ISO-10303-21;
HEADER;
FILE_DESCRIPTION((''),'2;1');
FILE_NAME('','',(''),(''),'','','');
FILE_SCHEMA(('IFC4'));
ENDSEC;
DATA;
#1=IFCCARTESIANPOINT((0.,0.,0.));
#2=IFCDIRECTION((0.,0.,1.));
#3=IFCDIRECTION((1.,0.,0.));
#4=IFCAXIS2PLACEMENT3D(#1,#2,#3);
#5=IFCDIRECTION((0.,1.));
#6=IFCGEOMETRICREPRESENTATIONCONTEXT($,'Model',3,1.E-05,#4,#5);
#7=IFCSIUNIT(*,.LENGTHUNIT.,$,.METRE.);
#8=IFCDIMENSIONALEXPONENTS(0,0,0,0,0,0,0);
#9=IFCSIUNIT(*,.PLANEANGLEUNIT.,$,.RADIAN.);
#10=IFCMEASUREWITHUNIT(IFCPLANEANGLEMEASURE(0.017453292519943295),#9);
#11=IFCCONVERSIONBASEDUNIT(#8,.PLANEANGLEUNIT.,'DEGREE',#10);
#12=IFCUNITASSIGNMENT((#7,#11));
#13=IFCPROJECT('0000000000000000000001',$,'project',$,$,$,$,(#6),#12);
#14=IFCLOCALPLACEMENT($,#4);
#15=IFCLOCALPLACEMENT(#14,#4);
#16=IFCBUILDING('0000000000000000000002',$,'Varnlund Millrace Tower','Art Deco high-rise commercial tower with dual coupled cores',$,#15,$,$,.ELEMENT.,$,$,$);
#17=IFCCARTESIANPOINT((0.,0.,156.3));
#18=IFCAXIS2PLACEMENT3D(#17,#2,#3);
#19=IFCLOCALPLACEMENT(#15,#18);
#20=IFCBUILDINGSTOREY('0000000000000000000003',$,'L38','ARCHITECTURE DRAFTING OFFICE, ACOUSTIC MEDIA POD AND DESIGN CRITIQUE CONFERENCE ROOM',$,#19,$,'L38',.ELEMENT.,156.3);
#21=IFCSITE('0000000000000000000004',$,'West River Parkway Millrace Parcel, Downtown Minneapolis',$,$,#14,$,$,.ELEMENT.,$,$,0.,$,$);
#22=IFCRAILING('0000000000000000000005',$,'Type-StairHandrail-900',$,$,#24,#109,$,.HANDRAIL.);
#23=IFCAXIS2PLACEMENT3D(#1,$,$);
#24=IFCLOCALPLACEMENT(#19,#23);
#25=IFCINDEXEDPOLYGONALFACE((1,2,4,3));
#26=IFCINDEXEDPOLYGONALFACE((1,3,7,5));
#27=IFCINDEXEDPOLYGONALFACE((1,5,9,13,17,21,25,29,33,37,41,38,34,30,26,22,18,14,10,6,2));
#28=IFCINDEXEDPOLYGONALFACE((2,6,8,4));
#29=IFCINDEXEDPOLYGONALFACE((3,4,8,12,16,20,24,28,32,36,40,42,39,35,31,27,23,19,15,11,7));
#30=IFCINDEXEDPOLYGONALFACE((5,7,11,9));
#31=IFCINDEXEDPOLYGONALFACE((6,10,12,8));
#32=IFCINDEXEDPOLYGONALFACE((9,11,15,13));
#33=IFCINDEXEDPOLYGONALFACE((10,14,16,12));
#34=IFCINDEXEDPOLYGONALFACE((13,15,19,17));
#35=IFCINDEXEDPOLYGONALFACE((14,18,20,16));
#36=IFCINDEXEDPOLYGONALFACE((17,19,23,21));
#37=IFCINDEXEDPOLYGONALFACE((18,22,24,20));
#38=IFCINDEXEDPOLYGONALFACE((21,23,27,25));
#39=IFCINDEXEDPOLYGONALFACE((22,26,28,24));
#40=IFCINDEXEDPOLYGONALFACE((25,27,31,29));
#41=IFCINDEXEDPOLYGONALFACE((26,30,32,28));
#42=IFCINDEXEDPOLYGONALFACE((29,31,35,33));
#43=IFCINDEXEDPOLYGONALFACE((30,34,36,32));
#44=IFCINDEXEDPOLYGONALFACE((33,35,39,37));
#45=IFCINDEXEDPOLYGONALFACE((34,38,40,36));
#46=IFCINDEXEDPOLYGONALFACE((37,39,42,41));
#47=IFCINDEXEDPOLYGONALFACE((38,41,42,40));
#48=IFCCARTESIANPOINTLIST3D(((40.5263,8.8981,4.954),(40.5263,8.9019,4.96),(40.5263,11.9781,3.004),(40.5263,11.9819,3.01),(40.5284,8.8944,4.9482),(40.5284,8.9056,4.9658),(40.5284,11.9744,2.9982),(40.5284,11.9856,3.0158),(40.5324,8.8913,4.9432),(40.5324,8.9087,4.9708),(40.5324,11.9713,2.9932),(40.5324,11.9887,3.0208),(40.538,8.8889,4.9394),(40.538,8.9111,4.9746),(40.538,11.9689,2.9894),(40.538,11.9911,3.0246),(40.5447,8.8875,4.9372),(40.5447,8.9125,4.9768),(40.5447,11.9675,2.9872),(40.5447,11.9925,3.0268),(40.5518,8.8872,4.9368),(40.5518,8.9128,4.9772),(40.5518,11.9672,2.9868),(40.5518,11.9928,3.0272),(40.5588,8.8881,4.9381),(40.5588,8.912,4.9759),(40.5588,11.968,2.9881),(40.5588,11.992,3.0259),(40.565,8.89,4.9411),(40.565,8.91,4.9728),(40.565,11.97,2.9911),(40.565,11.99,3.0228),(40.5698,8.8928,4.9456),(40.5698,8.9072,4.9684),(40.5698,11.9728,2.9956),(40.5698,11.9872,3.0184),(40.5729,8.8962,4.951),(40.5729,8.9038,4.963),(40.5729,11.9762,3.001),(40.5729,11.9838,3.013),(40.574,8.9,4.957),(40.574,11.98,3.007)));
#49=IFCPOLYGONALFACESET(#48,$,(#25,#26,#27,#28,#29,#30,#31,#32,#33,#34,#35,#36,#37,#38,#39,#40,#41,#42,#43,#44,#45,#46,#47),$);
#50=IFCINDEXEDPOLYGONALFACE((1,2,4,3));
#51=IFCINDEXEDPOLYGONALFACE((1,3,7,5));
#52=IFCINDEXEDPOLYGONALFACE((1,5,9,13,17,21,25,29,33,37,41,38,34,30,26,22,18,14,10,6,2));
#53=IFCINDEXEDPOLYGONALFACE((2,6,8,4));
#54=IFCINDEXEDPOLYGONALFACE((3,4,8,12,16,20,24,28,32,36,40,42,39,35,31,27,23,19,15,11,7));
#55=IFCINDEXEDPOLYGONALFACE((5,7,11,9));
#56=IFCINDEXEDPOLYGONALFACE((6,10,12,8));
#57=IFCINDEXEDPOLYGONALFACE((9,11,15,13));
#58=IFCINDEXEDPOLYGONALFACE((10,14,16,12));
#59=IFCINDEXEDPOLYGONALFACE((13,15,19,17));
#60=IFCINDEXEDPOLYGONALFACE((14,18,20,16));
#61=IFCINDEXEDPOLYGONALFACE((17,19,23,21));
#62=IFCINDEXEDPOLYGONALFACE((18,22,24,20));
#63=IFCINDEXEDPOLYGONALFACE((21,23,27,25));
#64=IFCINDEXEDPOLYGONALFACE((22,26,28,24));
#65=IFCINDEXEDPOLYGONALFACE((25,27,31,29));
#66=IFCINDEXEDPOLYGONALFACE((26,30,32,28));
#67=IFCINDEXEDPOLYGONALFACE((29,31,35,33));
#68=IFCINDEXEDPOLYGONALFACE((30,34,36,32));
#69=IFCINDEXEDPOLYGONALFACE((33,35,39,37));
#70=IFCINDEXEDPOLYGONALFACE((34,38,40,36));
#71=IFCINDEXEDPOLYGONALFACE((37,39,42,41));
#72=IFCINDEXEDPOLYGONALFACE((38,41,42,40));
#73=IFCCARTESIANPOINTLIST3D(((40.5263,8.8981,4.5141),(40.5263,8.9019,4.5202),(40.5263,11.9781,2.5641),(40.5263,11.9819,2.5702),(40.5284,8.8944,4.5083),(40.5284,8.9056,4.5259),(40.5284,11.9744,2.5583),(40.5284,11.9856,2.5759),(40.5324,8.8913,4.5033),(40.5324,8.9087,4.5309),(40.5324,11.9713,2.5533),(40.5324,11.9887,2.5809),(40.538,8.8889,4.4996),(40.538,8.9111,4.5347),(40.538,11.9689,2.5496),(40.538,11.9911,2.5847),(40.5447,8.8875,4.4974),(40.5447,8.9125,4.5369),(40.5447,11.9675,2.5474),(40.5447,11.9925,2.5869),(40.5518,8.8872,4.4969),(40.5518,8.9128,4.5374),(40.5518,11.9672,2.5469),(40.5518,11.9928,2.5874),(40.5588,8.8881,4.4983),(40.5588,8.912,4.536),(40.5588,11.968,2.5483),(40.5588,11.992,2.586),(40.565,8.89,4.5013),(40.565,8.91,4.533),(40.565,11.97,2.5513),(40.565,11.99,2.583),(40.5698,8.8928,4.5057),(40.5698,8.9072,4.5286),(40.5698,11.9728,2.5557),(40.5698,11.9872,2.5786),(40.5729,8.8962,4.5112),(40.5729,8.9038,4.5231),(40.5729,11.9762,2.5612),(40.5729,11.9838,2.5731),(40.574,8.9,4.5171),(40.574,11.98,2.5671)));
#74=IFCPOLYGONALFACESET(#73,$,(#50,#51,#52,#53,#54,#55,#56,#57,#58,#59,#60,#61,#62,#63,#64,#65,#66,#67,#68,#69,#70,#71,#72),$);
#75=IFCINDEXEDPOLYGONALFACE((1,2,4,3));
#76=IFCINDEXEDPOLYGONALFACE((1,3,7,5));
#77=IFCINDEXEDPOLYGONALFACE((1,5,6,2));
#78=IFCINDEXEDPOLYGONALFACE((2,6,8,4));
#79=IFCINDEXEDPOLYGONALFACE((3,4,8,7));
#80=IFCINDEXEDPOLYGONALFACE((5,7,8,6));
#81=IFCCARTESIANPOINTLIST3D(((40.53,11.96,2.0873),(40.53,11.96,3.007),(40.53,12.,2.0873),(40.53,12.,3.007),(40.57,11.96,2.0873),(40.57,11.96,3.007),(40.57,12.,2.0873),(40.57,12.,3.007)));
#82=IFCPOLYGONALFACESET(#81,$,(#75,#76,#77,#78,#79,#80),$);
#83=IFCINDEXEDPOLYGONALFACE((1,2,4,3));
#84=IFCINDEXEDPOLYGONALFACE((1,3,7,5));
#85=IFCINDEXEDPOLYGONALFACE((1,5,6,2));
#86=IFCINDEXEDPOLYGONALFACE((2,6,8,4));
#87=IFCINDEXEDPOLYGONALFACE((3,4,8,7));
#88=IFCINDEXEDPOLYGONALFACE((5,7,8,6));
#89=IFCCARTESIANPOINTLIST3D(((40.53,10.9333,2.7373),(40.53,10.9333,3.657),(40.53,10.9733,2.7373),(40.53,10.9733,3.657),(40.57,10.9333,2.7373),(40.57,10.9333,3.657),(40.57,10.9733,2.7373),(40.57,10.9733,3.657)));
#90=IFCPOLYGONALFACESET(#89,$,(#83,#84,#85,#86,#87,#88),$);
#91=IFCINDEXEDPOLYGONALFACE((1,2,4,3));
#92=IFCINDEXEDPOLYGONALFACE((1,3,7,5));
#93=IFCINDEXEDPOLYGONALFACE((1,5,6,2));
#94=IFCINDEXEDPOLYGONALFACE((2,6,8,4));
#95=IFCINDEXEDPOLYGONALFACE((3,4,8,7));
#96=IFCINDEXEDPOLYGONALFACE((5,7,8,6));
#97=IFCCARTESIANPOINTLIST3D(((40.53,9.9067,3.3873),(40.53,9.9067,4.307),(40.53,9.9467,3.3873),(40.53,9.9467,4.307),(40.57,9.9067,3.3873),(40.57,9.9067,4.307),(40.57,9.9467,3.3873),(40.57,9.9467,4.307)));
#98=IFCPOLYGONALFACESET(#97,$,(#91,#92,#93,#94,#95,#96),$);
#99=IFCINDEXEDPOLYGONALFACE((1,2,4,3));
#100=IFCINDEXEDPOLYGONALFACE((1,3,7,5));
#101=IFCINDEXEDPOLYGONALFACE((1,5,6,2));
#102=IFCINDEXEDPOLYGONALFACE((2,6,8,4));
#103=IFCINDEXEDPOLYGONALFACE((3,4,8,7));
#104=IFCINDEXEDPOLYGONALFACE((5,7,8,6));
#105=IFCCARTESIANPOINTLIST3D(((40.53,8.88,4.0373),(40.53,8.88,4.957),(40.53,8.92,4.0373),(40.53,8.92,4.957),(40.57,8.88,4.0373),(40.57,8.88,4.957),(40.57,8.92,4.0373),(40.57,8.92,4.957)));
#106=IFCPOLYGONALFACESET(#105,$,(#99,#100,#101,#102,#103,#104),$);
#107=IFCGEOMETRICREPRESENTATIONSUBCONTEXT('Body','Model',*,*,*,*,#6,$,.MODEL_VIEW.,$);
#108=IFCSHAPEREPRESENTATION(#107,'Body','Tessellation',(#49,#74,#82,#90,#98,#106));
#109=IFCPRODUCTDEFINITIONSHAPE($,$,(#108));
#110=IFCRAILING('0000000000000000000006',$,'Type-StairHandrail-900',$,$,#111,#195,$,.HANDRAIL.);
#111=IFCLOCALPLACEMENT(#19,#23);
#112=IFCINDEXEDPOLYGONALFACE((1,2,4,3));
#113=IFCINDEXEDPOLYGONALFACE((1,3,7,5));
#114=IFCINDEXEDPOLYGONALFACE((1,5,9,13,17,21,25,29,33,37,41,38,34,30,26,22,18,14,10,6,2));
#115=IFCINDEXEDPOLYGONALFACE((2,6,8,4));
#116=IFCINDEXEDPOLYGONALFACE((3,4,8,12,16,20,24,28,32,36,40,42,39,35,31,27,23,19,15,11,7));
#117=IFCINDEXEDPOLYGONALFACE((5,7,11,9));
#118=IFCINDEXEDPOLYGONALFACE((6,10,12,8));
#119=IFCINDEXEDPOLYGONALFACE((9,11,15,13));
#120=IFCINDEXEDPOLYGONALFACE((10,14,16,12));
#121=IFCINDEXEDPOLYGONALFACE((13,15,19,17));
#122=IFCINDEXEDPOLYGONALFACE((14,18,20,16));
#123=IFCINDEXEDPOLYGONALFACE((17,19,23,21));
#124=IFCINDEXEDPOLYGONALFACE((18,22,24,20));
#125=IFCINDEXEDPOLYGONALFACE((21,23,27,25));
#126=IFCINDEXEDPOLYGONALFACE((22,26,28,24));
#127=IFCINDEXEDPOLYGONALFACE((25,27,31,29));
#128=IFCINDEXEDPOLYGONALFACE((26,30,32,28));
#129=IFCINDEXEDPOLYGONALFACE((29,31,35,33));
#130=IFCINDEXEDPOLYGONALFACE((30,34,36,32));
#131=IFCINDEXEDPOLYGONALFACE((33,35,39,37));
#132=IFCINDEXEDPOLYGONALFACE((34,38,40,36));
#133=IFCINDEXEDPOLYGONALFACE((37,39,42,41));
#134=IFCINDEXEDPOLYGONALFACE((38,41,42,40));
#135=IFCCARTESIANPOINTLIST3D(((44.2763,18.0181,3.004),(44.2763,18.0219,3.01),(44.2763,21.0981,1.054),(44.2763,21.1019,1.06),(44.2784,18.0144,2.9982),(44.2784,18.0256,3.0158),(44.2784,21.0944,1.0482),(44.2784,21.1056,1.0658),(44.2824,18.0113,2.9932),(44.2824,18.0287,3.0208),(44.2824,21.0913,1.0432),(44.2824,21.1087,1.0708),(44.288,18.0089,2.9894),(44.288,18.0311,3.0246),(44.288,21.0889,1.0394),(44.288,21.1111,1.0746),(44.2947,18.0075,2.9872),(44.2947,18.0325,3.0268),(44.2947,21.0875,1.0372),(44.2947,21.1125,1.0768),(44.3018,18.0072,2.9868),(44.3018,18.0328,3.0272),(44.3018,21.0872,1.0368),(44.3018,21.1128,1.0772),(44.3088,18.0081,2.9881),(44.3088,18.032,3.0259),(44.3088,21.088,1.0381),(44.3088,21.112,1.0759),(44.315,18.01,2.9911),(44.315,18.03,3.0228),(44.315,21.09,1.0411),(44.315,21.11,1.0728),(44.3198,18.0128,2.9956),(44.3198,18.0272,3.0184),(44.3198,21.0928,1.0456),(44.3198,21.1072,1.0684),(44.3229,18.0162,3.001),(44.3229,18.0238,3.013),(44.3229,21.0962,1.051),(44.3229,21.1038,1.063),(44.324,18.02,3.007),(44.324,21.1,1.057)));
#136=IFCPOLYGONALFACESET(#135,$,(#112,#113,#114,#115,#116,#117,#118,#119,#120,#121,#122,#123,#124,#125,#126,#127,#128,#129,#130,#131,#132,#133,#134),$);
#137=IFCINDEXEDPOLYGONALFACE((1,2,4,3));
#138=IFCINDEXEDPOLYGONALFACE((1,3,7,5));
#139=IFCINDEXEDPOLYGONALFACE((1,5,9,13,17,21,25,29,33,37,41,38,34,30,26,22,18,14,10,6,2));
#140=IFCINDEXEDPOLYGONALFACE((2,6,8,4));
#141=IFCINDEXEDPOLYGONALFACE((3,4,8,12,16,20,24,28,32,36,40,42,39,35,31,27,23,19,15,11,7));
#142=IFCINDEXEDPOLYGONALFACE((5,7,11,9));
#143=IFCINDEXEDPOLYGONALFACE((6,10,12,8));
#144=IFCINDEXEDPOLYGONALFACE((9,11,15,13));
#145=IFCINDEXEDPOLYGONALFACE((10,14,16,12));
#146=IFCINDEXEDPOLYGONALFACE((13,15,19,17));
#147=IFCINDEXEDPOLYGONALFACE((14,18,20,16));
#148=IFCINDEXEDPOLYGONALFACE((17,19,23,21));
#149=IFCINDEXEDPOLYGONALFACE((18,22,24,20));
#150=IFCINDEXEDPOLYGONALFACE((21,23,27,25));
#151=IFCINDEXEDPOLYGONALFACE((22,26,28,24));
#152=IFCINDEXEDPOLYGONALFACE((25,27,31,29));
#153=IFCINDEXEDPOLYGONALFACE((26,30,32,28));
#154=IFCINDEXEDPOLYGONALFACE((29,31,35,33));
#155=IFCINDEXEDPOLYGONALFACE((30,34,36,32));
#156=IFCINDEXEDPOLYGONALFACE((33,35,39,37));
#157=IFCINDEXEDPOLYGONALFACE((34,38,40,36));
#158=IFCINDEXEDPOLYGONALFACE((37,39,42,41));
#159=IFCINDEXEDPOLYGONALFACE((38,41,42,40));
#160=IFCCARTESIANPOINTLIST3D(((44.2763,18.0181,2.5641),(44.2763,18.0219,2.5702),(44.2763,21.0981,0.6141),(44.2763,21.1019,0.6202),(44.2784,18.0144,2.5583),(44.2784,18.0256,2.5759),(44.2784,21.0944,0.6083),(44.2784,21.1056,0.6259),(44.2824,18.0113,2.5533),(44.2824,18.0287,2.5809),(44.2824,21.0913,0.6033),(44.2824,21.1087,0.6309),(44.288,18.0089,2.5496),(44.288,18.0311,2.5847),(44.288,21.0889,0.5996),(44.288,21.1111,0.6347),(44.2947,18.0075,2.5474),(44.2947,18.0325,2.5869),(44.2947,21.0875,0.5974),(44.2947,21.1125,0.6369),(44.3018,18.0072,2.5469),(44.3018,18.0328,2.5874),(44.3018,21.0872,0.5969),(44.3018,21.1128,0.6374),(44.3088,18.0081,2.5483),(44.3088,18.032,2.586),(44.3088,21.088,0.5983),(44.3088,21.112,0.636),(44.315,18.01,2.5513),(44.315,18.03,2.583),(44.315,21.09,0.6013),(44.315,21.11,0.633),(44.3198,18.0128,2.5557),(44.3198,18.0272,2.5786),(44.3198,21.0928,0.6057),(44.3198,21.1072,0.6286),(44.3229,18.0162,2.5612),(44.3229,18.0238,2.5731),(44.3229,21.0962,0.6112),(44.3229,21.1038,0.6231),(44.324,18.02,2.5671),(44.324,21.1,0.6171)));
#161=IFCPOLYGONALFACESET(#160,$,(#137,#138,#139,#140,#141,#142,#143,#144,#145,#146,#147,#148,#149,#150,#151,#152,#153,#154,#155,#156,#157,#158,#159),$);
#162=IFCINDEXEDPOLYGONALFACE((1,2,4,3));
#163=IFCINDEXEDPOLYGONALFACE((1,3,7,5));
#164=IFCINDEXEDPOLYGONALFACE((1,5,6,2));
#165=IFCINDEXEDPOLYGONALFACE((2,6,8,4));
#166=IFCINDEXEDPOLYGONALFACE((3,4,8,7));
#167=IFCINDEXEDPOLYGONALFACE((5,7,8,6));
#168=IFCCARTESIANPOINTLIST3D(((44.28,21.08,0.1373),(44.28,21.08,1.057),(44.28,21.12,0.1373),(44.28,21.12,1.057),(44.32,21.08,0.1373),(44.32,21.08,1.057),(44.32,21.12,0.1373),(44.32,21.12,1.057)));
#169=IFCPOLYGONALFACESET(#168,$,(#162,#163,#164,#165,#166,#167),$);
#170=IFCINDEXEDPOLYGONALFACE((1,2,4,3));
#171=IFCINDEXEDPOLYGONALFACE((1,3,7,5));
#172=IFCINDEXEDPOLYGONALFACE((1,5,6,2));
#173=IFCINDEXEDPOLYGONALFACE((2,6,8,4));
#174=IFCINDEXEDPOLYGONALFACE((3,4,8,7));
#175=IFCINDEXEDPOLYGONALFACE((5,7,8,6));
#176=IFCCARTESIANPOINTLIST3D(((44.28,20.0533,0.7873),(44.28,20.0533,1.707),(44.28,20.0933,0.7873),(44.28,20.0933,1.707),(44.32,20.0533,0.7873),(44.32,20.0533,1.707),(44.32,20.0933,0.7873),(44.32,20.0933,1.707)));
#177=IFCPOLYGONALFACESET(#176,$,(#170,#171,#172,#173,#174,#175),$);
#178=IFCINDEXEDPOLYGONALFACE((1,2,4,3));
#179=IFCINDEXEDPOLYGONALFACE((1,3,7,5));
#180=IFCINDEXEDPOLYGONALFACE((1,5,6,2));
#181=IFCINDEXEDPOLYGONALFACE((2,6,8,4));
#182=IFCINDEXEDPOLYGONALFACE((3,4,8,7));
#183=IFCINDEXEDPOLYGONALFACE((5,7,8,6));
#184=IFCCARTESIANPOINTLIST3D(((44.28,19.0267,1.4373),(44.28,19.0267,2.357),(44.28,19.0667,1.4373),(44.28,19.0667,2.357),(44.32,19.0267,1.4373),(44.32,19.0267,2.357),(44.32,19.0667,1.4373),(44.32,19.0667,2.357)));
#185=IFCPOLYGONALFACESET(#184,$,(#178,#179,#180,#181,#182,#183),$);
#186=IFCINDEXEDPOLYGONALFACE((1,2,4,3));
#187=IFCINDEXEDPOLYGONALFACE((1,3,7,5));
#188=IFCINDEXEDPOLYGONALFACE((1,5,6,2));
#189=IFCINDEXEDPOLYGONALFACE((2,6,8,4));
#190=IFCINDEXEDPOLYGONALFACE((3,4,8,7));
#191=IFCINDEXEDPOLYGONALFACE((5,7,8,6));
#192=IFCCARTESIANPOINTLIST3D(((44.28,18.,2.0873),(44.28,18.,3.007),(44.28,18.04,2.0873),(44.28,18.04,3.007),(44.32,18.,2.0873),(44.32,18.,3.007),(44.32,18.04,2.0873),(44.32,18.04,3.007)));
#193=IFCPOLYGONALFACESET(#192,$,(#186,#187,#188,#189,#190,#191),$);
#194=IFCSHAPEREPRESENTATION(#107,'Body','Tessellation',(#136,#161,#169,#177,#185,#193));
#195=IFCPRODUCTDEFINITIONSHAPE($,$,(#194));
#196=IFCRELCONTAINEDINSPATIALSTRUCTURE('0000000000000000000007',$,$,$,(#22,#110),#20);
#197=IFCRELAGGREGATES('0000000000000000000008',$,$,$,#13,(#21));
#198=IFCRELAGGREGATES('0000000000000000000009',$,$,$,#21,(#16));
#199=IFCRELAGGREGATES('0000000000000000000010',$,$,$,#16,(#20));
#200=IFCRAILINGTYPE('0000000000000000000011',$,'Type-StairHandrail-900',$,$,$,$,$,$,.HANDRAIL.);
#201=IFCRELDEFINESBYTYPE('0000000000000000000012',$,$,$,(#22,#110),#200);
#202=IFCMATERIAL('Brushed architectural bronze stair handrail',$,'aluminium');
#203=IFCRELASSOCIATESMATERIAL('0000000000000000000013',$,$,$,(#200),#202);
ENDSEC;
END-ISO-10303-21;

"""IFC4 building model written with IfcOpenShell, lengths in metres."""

from ifc_helpers import new_model, entity, si_unit, converted_unit, direction, frame, origin_with_axes, origin_2d_with_axis, place, context, subcontext, project, spatial, rectangle, circle, extrude, material, type_object, element, save


model = new_model("IFC4")

# Units and contexts
model_context = context("Model", 3, precision=1e-05, world=origin_with_axes(), true_north=direction((0.0, 1.0)))
body_context = subcontext(model_context, "Body", "Model", "MODEL_VIEW")
ifc_project = project(units=[si_unit("LENGTHUNIT", "METRE"), converted_unit("PLANEANGLEUNIT", "DEGREE", entity("IfcPlaneAngleMeasure", 0.017453292519943295), si_unit("PLANEANGLEUNIT", "RADIAN"), dimensions=[0, 0, 0, 0, 0, 0, 0])], contexts=[model_context])

# Site, building, storey
site_placement = place(None, origin_with_axes())
site = spatial("IfcSite", under=ifc_project, at=site_placement, Name="West River Parkway Millrace Parcel, Downtown Minneapolis", CompositionType="ELEMENT", RefElevation=0.0)
building_placement = place(site_placement, origin_with_axes())
building = spatial("IfcBuilding", under=site, at=building_placement, Name="Varnlund Millrace Tower", Description="Art Deco high-rise commercial tower with dual coupled cores", CompositionType="ELEMENT")
storey_placement = place(building_placement, frame((0.0, 0.0, 156.3), z_axis=(0.0, 0.0, 1.0), x_axis=(1.0, 0.0, 0.0)))
storey = spatial("IfcBuildingStorey", under=building, at=storey_placement, Name="L38", Description="ARCHITECTURE DRAFTING OFFICE, ACOUSTIC MEDIA POD AND DESIGN CRITIQUE CONFERENCE ROOM", LongName="L38", CompositionType="ELEMENT", Elevation=156.3)

# Railings
ifc_material_1 = material(Name="Brushed architectural bronze stair handrail", Category="aluminium")
railing_type_1 = type_object("IfcRailingType", Name="Type-StairHandrail-900", PredefinedType="HANDRAIL", material=ifc_material_1)
railing_1_placement = place(storey_placement, frame((0.0, 0.0, -156.3), z_axis=(0.0, 0.0, 1.0), x_axis=(1.0, 0.0, 0.0)))
element("IfcRailing", 1, at=railing_1_placement, inside=storey, type_object=railing_type_1, Name="Type-StairHandrail-900", PredefinedType="HANDRAIL", context=body_context, shape_type="SweptSolid", body=[
    extrude(circle(Radius=0.024, at=origin_2d_with_axis()), frame((40.55, 11.98, 159.307), z_axis=(0.0, -0.844902, 0.534922), x_axis=(1.0, 0.0, 0.0)), (0.0, 0.0, 1.0), 3.6454),
    extrude(circle(Radius=0.024, at=origin_2d_with_axis()), frame((40.55, 11.98, 158.8671), z_axis=(0.0, -0.844902, 0.534922), x_axis=(1.0, 0.0, 0.0)), (0.0, 0.0, 1.0), 3.6454),
    extrude(rectangle(XDim=0.04, YDim=0.04, at=origin_2d_with_axis()), frame((40.55, 11.98, 158.3873), z_axis=(0.0, 0.0, 1.0), x_axis=(1.0, 0.0, 0.0)), (0.0, 0.0, 1.0), 0.9197),
    extrude(rectangle(XDim=0.04, YDim=0.04, at=origin_2d_with_axis()), frame((40.55, 10.9533, 159.0373), z_axis=(0.0, 0.0, 1.0), x_axis=(1.0, 0.0, 0.0)), (0.0, 0.0, 1.0), 0.9197),
    extrude(rectangle(XDim=0.04, YDim=0.04, at=origin_2d_with_axis()), frame((40.55, 9.9267, 159.6873), z_axis=(0.0, 0.0, 1.0), x_axis=(1.0, 0.0, 0.0)), (0.0, 0.0, 1.0), 0.9197),
    extrude(rectangle(XDim=0.04, YDim=0.04, at=origin_2d_with_axis()), frame((40.55, 8.9, 160.3373), z_axis=(0.0, 0.0, 1.0), x_axis=(1.0, 0.0, 0.0)), (0.0, 0.0, 1.0), 0.9197),
])
railing_2_placement = place(storey_placement, frame((0.0, 0.0, -156.3), z_axis=(0.0, 0.0, 1.0), x_axis=(1.0, 0.0, 0.0)))
element("IfcRailing", 2, at=railing_2_placement, inside=storey, type_object=railing_type_1, Name="Type-StairHandrail-900", PredefinedType="HANDRAIL", context=body_context, shape_type="SweptSolid", body=[
    extrude(circle(Radius=0.024, at=origin_2d_with_axis()), frame((44.3, 21.1, 157.357), z_axis=(0.0, -0.844902, 0.534922), x_axis=(1.0, 0.0, 0.0)), (0.0, 0.0, 1.0), 3.6454),
    extrude(circle(Radius=0.024, at=origin_2d_with_axis()), frame((44.3, 21.1, 156.9171), z_axis=(0.0, -0.844902, 0.534922), x_axis=(1.0, 0.0, 0.0)), (0.0, 0.0, 1.0), 3.6454),
    extrude(rectangle(XDim=0.04, YDim=0.04, at=origin_2d_with_axis()), frame((44.3, 21.1, 156.4373), z_axis=(0.0, 0.0, 1.0), x_axis=(1.0, 0.0, 0.0)), (0.0, 0.0, 1.0), 0.9197),
    extrude(rectangle(XDim=0.04, YDim=0.04, at=origin_2d_with_axis()), frame((44.3, 20.0733, 157.0873), z_axis=(0.0, 0.0, 1.0), x_axis=(1.0, 0.0, 0.0)), (0.0, 0.0, 1.0), 0.9197),
    extrude(rectangle(XDim=0.04, YDim=0.04, at=origin_2d_with_axis()), frame((44.3, 19.0467, 157.7373), z_axis=(0.0, 0.0, 1.0), x_axis=(1.0, 0.0, 0.0)), (0.0, 0.0, 1.0), 0.9197),
    extrude(rectangle(XDim=0.04, YDim=0.04, at=origin_2d_with_axis()), frame((44.3, 18.02, 158.3873), z_axis=(0.0, 0.0, 1.0), x_axis=(1.0, 0.0, 0.0)), (0.0, 0.0, 1.0), 0.9197),
])

save(model, "model.ifc")
